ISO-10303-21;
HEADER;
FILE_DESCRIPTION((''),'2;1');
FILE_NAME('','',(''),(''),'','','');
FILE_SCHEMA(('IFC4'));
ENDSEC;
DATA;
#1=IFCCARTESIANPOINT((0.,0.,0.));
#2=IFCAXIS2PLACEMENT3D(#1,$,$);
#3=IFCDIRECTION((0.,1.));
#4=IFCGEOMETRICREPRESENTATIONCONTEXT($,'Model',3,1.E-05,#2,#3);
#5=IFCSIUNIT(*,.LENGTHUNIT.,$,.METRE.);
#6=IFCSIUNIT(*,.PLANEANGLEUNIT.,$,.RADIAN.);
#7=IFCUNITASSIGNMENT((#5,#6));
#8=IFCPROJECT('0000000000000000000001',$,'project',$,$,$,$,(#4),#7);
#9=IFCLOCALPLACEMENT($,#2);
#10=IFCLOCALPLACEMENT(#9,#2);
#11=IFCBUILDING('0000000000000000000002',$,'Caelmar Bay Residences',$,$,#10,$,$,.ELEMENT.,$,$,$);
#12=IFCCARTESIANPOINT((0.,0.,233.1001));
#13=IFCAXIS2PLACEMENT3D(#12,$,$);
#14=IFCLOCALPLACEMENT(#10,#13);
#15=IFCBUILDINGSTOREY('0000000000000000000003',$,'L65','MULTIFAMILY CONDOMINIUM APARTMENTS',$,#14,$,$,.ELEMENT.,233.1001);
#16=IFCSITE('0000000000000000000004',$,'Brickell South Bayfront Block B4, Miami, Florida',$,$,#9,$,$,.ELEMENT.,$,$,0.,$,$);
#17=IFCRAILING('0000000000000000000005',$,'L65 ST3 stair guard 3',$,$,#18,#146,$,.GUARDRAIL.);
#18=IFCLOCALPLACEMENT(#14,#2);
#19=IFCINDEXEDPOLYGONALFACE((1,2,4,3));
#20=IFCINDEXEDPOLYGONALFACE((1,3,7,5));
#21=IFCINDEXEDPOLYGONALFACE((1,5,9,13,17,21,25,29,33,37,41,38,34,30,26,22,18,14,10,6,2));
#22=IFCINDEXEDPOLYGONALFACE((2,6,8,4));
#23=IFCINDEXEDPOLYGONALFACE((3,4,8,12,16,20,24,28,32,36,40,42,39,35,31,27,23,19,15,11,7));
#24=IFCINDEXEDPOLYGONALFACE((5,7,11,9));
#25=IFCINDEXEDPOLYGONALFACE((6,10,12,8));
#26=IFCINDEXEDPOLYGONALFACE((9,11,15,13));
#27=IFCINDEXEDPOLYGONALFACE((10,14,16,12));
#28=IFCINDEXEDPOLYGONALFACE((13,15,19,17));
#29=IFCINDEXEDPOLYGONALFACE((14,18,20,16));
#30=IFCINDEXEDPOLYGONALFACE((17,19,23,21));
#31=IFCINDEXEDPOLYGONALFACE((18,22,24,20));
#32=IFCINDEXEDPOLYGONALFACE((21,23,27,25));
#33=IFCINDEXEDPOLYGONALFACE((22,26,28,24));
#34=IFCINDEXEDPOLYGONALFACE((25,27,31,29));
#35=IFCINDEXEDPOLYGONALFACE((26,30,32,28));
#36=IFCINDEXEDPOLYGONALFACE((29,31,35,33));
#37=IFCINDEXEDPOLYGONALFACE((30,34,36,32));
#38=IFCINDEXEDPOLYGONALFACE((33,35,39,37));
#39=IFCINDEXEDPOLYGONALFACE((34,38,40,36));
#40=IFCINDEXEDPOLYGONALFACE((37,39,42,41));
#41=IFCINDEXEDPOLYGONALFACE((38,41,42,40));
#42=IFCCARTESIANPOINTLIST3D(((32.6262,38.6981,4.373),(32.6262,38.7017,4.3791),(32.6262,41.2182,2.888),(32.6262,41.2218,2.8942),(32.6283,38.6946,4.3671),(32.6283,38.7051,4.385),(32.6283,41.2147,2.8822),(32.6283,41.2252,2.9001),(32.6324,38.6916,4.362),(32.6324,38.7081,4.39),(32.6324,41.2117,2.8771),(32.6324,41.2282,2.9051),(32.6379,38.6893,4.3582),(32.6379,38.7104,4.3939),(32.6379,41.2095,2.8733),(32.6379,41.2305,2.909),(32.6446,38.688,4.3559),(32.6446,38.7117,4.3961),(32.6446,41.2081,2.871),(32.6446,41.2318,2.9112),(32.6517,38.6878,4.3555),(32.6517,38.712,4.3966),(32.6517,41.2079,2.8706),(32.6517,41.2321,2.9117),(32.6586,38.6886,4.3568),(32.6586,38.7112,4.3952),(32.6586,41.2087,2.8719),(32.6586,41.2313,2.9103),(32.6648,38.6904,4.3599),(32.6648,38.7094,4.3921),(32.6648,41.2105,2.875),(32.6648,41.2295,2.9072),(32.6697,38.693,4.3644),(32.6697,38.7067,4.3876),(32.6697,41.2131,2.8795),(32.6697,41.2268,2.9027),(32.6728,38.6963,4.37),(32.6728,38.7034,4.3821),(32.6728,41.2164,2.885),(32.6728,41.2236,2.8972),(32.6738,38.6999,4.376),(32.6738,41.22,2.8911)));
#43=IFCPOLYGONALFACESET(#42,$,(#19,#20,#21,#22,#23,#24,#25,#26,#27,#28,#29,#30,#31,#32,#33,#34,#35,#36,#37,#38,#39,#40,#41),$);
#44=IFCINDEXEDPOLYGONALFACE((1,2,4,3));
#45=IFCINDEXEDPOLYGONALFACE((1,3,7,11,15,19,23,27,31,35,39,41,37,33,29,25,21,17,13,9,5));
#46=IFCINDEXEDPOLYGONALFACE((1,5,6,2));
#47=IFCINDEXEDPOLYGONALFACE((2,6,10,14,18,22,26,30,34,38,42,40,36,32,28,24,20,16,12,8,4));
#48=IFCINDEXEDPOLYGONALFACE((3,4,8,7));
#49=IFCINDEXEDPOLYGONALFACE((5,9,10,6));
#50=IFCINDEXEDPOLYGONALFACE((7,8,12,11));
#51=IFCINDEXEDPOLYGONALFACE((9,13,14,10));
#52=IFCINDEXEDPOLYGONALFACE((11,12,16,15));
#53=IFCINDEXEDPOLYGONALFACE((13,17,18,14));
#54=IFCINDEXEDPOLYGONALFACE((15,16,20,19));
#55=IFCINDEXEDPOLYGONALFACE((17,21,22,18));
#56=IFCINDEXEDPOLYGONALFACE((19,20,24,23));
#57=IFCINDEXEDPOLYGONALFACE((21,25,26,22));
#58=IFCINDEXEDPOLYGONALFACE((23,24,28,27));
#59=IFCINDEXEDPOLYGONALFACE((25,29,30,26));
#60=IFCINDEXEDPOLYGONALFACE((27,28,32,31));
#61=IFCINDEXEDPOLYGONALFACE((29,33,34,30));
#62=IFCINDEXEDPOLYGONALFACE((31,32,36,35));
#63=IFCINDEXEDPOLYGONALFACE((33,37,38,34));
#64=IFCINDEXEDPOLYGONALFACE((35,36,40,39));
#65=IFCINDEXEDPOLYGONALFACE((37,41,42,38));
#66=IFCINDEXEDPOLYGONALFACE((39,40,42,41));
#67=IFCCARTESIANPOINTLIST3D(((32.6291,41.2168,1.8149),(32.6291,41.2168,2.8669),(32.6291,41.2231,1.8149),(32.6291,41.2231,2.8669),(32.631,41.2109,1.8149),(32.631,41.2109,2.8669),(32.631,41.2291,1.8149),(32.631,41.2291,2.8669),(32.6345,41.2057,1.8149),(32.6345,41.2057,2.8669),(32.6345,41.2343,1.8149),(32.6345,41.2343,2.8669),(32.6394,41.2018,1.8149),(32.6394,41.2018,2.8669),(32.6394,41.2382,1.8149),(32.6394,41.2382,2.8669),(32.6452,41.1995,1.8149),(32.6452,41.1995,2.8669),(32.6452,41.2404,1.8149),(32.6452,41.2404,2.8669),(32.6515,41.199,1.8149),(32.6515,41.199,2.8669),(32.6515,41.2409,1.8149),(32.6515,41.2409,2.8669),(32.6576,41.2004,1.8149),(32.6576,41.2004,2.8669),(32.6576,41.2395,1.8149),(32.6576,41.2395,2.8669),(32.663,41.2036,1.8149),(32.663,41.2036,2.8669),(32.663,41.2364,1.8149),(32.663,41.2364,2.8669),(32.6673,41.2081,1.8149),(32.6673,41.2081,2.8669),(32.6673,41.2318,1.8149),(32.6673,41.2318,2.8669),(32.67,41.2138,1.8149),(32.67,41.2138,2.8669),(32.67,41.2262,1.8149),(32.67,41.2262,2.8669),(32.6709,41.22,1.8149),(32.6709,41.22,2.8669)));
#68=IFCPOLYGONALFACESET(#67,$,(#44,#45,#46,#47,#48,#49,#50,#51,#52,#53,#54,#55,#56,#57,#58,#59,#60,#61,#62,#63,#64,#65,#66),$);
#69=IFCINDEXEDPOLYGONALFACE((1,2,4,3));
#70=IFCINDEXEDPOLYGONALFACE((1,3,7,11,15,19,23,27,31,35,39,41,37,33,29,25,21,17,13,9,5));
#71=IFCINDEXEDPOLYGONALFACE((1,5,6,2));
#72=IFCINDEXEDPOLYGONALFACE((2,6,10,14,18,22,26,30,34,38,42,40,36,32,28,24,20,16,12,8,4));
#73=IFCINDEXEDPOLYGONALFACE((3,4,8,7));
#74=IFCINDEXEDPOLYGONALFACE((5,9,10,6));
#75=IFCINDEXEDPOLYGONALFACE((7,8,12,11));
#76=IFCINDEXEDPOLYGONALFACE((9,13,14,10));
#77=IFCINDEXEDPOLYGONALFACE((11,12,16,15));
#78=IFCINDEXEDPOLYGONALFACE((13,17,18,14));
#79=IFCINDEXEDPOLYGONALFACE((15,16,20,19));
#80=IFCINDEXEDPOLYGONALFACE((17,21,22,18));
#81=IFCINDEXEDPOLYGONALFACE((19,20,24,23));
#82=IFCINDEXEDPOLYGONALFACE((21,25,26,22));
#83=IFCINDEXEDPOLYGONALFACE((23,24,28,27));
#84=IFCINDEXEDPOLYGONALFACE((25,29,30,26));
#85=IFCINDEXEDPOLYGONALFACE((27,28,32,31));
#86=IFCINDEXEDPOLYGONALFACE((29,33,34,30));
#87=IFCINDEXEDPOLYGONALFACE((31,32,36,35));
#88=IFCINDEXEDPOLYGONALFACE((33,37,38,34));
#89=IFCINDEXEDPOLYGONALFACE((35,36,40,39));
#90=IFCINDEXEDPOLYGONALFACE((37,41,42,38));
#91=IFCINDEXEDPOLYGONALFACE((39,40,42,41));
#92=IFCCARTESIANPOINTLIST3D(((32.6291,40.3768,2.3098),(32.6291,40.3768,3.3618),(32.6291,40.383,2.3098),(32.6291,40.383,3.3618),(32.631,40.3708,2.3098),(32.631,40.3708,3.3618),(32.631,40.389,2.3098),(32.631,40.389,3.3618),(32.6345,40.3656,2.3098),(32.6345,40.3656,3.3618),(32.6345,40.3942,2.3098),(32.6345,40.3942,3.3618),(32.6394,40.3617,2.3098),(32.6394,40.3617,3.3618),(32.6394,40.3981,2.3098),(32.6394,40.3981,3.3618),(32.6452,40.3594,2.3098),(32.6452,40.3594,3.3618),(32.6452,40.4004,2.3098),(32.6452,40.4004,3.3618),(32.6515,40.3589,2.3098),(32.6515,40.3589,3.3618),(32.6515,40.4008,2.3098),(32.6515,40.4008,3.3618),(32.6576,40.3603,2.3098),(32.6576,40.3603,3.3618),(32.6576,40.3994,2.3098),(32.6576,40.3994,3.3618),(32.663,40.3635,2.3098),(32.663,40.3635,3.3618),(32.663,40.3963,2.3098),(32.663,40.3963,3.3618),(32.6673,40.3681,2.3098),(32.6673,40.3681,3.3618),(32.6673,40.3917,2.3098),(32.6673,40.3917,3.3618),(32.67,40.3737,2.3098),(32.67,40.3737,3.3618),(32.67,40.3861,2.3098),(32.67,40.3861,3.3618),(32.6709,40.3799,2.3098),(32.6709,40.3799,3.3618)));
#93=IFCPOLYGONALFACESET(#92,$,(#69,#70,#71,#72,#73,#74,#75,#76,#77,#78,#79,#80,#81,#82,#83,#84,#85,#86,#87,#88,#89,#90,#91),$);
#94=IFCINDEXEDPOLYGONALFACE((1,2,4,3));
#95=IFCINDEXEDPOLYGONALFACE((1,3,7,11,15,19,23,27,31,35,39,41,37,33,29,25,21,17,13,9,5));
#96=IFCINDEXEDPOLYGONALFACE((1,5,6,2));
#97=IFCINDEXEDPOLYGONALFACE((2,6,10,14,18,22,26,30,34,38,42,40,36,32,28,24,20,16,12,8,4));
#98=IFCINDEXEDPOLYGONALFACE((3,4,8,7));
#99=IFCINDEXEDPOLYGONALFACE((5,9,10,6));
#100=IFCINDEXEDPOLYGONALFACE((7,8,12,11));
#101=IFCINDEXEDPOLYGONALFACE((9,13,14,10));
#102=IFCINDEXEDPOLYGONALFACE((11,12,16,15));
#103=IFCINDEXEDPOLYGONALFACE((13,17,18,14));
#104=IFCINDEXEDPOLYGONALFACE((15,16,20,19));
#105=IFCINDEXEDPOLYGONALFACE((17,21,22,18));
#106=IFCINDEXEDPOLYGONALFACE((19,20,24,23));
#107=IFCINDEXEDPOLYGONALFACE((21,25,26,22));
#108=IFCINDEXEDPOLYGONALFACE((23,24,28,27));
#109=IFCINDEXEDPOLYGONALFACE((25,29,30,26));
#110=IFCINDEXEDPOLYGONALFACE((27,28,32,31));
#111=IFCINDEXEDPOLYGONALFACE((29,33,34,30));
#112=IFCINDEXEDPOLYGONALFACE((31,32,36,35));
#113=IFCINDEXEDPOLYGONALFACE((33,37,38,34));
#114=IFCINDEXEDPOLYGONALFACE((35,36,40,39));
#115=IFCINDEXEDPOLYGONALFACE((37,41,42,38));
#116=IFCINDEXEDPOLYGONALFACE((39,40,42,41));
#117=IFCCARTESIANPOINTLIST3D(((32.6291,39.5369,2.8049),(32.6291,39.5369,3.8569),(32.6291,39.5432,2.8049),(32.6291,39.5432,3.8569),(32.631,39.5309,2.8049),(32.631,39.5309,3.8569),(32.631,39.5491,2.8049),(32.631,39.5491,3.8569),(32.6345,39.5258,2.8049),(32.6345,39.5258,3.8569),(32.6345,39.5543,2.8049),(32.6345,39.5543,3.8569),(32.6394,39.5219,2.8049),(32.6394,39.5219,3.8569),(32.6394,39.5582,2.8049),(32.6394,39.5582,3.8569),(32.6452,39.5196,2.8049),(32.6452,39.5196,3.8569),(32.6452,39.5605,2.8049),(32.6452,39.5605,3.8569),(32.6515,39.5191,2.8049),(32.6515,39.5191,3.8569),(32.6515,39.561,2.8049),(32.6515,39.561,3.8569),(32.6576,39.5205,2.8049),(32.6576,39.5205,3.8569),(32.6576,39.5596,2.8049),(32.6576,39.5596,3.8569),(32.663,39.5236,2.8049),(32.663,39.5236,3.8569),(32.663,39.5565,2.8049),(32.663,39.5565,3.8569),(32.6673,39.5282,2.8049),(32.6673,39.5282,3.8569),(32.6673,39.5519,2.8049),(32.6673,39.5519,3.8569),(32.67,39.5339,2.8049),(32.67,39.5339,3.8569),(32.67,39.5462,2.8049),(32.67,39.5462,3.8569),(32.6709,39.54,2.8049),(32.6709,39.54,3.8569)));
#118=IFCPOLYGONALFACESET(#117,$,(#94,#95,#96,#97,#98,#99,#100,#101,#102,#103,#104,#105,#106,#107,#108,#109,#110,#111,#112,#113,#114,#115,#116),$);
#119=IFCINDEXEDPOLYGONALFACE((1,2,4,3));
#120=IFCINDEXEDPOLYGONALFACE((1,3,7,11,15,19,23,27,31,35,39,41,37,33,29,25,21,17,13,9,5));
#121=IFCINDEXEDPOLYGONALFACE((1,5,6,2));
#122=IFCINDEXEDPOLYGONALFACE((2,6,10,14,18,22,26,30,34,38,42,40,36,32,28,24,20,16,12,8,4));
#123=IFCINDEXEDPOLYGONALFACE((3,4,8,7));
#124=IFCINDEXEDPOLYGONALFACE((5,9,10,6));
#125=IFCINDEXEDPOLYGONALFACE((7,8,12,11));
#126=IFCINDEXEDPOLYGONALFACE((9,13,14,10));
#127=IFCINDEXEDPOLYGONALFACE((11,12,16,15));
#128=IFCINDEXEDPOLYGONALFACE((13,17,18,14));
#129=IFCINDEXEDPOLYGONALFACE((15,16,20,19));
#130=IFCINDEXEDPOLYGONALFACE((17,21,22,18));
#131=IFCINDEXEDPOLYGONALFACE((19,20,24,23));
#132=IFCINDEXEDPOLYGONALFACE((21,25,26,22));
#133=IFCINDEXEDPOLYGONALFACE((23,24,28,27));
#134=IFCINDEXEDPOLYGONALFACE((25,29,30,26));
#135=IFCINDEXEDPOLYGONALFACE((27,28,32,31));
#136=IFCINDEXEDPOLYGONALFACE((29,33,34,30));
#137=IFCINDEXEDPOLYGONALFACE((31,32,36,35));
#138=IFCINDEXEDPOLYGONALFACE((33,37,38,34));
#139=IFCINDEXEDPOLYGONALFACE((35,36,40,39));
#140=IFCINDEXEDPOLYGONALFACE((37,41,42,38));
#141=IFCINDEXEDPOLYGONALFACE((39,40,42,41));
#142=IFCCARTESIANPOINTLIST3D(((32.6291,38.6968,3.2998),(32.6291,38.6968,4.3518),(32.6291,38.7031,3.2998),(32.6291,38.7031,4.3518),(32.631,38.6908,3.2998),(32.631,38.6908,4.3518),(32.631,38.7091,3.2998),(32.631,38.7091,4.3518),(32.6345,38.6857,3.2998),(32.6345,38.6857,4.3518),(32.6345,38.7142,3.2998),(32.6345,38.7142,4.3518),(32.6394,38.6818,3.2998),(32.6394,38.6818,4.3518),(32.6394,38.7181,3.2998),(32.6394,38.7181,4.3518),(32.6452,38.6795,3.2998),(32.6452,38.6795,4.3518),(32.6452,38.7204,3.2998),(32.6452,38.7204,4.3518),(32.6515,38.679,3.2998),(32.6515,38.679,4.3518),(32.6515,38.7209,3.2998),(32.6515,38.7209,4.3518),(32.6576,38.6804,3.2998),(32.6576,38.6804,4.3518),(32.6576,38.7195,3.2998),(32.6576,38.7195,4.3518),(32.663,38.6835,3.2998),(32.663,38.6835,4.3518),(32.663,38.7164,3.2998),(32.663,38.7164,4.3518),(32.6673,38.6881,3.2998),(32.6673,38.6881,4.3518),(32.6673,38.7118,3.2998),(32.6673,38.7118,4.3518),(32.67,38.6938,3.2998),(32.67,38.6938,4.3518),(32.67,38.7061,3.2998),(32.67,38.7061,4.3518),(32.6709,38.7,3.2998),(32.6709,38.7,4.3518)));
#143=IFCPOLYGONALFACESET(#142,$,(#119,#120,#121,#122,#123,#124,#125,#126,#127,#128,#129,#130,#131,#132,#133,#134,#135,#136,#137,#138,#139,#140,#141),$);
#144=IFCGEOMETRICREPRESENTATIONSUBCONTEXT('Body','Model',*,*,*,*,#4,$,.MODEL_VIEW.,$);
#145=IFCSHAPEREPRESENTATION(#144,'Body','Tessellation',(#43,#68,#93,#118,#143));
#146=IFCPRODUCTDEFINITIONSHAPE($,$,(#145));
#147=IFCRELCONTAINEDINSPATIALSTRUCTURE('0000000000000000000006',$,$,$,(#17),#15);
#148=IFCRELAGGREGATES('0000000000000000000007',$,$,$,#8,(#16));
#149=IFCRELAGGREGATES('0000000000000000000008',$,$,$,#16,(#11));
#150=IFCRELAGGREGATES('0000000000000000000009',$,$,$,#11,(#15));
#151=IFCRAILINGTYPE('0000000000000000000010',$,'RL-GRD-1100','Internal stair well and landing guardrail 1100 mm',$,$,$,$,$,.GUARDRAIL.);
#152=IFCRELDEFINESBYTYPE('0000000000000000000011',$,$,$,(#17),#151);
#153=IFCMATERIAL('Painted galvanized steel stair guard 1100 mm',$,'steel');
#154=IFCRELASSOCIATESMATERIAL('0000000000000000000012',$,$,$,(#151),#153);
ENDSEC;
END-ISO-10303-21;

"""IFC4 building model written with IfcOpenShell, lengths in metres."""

from ifc_helpers import new_model, si_unit, direction, frame, origin, origin_2d, place, context, subcontext, project, spatial, circle, extrude, material, type_object, element, save


model = new_model("IFC4")

# Units and contexts
model_context = context("Model", 3, precision=1e-05, world=origin(), true_north=direction((0.0, 1.0)))
body_context = subcontext(model_context, "Body", "Model", "MODEL_VIEW")
ifc_project = project(units=[si_unit("LENGTHUNIT", "METRE"), si_unit("PLANEANGLEUNIT", "RADIAN")], contexts=[model_context])

# Site, building, storey
site_placement = place(None, origin())
site = spatial("IfcSite", under=ifc_project, at=site_placement, Name="Brickell South Bayfront Block B4, Miami, Florida", CompositionType="ELEMENT", RefElevation=0.0)
building_placement = place(site_placement, origin())
building = spatial("IfcBuilding", under=site, at=building_placement, Name="Caelmar Bay Residences", CompositionType="ELEMENT")
storey_placement = place(building_placement, frame((0.0, 0.0, 233.1001)))
storey = spatial("IfcBuildingStorey", under=building, at=storey_placement, Name="L65", Description="MULTIFAMILY CONDOMINIUM APARTMENTS", CompositionType="ELEMENT", Elevation=233.1001)

# Railing
ifc_material_1 = material(Name="Painted galvanized steel stair guard 1100 mm", Category="steel")
railing_type_1 = type_object("IfcRailingType", Name="RL-GRD-1100", Description="Internal stair well and landing guardrail 1100 mm", PredefinedType="GUARDRAIL", material=ifc_material_1)
railing_1_placement = place(storey_placement, frame((32.6499, 41.22, 1.8149)))
element("IfcRailing", 1, at=railing_1_placement, inside=storey, type_object=railing_type_1, Name="L65 ST3 stair guard 3", PredefinedType="GUARDRAIL", context=body_context, shape_type="SweptSolid", body=[
    extrude(circle(Radius=0.0239, at=origin_2d()), frame((0.0, 0.0, 1.0762), z_axis=(0.0, -0.861561, 0.507655), x_axis=(1.0, 0.0, 0.0)), (0.0, 0.0, 1.0), 2.925),
    extrude(circle(Radius=0.021, at=origin_2d()), origin(), (0.0, 0.0, 1.0), 1.052),
    extrude(circle(Radius=0.021, at=origin_2d()), frame((0.0, -0.8401, 0.4949)), (0.0, 0.0, 1.0), 1.052),
    extrude(circle(Radius=0.021, at=origin_2d()), frame((0.0, -1.6799, 0.99)), (0.0, 0.0, 1.0), 1.052),
    extrude(circle(Radius=0.021, at=origin_2d()), frame((0.0, -2.52, 1.4849)), (0.0, 0.0, 1.0), 1.052),
])

save(model, "model.ifc")
